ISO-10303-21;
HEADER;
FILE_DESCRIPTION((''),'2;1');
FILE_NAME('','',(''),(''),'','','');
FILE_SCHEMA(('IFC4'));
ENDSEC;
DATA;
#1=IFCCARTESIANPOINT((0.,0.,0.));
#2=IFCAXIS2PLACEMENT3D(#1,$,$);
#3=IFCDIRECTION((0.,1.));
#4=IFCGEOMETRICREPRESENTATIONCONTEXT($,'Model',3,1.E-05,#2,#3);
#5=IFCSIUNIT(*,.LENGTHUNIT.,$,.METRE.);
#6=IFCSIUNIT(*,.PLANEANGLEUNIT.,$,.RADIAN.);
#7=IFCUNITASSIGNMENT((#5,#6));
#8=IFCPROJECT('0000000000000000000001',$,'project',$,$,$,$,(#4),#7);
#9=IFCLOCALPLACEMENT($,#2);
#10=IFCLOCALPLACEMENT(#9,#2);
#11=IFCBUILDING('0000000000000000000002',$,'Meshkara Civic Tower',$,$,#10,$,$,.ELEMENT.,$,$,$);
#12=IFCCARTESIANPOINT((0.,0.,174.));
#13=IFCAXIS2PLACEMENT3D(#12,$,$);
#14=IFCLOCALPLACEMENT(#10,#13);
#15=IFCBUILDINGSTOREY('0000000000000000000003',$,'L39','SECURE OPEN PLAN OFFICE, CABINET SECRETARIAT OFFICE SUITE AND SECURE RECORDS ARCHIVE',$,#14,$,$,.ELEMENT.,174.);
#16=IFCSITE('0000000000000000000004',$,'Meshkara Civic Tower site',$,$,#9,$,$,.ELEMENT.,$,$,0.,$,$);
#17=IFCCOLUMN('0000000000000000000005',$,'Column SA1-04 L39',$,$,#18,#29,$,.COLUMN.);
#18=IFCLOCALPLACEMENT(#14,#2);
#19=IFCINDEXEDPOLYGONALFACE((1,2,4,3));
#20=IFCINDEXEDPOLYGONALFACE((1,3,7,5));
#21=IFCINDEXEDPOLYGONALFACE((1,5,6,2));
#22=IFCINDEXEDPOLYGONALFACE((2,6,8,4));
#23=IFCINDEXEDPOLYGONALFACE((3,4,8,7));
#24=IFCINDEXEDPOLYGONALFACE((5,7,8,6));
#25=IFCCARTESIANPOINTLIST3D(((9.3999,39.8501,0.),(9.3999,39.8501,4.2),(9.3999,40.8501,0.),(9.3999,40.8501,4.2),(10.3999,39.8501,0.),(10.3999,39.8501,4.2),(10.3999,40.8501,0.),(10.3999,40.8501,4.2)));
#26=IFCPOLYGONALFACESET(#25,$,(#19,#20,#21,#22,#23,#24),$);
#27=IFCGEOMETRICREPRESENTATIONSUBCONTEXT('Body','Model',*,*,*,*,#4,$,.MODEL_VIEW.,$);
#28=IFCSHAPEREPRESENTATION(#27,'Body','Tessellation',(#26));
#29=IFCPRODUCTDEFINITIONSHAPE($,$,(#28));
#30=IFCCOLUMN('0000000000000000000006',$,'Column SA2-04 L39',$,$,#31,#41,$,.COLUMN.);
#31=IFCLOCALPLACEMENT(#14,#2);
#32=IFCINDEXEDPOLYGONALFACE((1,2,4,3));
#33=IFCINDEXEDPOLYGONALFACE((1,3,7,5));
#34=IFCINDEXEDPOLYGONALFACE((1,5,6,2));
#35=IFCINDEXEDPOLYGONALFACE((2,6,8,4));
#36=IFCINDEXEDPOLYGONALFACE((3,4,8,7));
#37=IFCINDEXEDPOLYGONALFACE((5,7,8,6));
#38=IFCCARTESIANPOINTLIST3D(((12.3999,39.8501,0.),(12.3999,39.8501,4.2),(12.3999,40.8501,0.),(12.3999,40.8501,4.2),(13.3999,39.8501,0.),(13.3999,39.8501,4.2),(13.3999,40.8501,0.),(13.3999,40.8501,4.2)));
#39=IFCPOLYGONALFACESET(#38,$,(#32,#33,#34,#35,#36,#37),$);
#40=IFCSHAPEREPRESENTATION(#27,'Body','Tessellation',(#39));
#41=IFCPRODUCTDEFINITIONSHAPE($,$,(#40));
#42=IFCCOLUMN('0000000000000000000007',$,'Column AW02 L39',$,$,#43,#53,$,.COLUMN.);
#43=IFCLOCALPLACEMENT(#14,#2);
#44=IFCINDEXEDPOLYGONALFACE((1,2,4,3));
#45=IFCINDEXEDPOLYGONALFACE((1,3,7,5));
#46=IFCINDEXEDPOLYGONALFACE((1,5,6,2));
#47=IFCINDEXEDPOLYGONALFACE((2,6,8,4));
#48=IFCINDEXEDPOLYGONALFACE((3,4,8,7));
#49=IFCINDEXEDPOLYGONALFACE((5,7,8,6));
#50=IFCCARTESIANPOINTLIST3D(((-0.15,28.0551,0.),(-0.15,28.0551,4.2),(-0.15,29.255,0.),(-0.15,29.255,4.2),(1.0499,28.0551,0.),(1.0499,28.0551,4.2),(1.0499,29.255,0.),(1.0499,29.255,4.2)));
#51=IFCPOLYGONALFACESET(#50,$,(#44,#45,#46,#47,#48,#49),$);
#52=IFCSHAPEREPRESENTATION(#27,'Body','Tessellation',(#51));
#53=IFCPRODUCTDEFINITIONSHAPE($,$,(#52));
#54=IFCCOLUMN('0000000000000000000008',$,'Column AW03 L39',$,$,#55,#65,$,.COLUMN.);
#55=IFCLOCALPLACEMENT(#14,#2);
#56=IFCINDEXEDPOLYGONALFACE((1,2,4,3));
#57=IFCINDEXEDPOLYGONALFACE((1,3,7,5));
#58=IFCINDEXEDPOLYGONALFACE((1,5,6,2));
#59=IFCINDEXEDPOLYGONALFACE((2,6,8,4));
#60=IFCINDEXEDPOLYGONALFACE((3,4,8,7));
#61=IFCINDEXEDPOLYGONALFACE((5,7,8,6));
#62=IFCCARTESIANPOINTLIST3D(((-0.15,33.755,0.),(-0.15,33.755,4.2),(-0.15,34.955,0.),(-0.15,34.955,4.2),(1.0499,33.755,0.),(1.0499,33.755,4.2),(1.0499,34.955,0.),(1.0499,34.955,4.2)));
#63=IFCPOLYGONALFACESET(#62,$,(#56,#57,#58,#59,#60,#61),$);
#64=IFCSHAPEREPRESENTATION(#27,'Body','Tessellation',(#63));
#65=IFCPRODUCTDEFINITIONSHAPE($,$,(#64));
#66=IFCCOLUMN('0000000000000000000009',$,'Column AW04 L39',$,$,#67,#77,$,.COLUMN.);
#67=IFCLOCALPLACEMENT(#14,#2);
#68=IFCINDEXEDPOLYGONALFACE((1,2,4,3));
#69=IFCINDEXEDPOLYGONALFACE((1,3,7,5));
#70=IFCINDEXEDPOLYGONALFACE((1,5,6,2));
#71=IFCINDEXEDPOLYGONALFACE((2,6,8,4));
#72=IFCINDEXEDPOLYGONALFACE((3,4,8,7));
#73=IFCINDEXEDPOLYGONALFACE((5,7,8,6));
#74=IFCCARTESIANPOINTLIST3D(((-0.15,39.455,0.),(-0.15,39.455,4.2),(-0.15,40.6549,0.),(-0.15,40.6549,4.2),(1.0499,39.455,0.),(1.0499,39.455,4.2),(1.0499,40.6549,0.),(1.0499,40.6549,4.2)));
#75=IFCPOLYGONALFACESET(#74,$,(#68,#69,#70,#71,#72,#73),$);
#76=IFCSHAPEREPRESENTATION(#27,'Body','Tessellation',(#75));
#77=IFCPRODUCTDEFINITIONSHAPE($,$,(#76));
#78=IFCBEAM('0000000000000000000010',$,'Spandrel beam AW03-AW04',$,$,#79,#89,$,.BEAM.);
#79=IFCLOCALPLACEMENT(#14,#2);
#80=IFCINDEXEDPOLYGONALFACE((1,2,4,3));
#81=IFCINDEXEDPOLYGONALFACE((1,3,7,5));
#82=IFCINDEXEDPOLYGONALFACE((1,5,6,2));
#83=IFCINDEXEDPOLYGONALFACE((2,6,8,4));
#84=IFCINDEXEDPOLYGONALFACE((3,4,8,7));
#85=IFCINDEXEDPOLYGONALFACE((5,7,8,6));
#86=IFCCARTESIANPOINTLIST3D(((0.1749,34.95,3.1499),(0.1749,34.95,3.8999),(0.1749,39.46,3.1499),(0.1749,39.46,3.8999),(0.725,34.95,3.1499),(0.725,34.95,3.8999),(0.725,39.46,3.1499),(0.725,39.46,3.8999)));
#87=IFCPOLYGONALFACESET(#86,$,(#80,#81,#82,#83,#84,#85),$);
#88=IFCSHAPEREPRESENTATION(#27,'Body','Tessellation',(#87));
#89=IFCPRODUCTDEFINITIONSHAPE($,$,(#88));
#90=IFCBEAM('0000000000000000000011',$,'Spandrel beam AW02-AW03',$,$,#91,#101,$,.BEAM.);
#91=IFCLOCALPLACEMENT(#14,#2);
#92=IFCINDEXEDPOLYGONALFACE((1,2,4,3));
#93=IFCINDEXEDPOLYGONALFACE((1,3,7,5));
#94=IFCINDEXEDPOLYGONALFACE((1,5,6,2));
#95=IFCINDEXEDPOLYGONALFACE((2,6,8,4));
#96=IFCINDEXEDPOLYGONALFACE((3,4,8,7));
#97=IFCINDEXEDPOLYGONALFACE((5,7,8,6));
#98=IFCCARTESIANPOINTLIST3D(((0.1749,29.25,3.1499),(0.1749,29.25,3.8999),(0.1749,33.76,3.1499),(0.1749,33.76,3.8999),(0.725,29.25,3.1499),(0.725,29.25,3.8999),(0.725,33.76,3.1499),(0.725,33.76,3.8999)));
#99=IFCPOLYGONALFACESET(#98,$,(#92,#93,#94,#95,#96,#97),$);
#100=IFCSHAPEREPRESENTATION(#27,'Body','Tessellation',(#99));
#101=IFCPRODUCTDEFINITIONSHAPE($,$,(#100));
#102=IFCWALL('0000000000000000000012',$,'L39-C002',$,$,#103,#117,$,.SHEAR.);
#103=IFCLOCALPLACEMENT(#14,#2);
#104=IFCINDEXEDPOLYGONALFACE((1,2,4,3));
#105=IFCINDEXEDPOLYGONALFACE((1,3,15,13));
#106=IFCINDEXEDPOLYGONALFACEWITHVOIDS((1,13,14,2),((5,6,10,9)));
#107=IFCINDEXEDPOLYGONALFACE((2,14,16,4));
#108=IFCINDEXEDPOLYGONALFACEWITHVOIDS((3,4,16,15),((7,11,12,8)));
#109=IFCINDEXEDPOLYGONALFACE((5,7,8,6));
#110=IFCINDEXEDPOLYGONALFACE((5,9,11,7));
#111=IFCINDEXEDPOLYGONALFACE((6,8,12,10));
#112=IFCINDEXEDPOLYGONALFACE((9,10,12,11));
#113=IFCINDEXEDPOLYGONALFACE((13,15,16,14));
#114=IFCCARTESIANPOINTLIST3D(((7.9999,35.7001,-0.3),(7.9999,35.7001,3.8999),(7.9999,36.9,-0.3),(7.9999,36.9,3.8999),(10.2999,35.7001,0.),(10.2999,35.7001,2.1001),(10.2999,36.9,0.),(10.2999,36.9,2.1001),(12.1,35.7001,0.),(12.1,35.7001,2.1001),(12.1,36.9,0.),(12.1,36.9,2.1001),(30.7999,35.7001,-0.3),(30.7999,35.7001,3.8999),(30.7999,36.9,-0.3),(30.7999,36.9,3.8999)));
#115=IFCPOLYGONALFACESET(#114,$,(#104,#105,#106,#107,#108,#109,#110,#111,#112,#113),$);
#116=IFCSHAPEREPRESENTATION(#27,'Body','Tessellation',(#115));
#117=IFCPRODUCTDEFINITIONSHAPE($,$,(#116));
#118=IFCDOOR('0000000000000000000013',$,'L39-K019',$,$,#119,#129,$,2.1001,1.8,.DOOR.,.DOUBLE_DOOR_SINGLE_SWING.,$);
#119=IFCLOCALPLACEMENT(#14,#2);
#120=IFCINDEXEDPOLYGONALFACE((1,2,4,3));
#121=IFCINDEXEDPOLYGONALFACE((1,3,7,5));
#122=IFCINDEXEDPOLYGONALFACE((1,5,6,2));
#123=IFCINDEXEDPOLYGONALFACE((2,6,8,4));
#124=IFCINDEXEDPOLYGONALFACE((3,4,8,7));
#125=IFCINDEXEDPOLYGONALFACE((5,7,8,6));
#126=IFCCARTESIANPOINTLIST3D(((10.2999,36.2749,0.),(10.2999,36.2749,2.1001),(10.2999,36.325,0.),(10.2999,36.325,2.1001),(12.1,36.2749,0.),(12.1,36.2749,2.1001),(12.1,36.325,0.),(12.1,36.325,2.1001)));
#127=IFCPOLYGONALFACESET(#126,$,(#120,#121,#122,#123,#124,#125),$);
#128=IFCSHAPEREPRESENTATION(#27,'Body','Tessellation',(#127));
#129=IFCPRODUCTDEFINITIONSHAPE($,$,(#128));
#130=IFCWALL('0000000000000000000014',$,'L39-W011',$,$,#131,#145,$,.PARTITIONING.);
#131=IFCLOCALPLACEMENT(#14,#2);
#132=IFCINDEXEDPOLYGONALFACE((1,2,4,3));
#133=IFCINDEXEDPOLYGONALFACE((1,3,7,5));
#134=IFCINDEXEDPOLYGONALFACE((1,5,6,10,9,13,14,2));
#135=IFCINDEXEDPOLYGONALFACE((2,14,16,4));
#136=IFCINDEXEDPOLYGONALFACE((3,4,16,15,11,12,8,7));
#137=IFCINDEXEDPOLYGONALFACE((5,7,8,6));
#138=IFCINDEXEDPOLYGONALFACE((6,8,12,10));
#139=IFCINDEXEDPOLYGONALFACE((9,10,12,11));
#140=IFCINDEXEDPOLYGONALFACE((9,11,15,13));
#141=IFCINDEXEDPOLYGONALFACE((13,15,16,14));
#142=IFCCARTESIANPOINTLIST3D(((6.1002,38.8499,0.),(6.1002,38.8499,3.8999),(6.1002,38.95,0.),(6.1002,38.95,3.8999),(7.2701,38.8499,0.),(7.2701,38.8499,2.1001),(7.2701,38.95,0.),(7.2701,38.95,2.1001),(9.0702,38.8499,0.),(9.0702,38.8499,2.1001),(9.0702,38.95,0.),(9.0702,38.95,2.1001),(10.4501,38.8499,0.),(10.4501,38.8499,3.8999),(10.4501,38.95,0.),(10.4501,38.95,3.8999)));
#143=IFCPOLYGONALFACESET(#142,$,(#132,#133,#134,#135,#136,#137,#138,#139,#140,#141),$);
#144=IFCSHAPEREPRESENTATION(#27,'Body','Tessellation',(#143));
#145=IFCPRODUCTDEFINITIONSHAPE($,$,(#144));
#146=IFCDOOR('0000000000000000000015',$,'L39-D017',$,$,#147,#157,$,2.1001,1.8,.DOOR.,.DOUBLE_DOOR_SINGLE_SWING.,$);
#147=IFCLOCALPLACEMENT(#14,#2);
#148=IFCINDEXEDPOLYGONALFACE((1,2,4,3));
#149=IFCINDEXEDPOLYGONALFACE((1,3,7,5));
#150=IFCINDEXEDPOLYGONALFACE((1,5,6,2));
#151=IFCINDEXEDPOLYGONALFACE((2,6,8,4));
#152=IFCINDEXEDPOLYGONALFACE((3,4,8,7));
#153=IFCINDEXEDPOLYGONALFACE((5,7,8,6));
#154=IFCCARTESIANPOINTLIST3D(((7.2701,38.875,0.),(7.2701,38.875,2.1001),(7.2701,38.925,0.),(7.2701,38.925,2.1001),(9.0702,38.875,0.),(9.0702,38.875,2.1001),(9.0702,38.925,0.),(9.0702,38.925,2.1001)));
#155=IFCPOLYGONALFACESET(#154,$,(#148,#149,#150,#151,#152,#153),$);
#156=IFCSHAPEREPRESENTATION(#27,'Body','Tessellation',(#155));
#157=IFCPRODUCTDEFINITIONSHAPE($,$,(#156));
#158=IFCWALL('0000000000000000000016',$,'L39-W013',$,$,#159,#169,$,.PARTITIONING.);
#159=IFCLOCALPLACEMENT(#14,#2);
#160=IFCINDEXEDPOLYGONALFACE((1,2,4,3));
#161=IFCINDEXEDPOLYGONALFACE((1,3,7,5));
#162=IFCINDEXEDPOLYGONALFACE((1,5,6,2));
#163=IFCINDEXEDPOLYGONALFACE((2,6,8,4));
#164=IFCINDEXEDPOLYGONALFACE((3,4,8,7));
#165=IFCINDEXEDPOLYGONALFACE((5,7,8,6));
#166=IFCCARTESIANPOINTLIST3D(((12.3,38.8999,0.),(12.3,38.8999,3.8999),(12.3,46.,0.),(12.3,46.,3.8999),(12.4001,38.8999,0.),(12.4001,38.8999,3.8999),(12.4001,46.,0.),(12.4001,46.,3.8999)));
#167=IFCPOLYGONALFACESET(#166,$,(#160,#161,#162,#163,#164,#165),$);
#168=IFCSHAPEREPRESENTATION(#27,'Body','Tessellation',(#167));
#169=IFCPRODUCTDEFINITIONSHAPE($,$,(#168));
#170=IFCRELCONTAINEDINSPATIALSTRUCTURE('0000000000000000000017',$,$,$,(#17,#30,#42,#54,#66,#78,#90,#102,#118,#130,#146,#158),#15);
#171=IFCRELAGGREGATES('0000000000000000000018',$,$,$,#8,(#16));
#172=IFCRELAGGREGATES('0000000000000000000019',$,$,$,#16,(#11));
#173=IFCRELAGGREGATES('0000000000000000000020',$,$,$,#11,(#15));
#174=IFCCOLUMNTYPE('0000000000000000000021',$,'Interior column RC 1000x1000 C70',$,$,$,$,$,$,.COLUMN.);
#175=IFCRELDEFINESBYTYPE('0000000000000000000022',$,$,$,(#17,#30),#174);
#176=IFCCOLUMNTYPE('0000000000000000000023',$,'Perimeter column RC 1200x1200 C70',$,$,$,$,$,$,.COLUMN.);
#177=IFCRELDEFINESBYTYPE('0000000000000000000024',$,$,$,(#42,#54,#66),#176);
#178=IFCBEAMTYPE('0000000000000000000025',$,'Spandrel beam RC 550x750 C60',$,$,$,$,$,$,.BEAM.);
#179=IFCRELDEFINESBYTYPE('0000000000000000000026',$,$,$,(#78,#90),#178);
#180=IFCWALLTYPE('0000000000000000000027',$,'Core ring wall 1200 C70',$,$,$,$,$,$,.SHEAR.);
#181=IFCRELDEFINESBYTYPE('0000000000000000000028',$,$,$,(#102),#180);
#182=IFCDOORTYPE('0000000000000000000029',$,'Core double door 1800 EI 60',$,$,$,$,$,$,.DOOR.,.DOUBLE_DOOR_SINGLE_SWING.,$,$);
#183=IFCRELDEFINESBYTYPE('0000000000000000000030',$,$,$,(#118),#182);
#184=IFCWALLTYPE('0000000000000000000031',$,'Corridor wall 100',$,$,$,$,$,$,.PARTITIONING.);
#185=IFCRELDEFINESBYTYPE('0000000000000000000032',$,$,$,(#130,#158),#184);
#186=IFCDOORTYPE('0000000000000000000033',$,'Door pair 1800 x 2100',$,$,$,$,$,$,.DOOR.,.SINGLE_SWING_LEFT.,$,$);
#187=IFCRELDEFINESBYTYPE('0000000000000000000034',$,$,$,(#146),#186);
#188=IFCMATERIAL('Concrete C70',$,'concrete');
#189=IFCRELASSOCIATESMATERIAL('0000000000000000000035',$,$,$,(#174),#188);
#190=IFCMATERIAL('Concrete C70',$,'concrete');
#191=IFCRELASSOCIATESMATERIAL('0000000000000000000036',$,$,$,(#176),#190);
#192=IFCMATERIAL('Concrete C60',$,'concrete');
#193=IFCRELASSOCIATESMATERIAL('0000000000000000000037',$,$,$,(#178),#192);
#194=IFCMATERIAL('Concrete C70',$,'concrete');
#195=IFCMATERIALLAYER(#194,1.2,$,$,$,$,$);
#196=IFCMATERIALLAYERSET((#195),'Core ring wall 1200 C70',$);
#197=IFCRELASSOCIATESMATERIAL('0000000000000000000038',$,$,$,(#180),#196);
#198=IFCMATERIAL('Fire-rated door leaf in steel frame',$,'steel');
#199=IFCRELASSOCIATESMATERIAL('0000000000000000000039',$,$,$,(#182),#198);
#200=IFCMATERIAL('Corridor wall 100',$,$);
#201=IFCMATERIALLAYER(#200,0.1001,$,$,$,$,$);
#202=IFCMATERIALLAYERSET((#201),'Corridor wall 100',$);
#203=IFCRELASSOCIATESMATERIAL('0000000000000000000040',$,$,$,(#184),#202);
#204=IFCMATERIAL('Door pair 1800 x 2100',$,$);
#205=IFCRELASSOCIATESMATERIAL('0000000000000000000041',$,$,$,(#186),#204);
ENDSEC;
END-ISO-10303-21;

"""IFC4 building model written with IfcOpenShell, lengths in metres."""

from ifc_helpers import new_model, si_unit, direction, frame, frame_2d, origin, origin_2d, place, context, subcontext, project, spatial, rectangle, extrude, material, layer, layer_set, material_profile, profile_set, type_object, element, fill, save


model = new_model("IFC4")

# Units and contexts
model_context = context("Model", 3, precision=1e-05, world=origin(), true_north=direction((0.0, 1.0)))
body_context = subcontext(model_context, "Body", "Model", "MODEL_VIEW")
ifc_project = project(units=[si_unit("LENGTHUNIT", "METRE"), si_unit("PLANEANGLEUNIT", "RADIAN")], contexts=[model_context])

# Site, building, storey
site_placement = place(None, origin())
site = spatial("IfcSite", under=ifc_project, at=site_placement, Name="Meshkara Civic Tower site", CompositionType="ELEMENT", RefElevation=0.0)
building_placement = place(site_placement, origin())
building = spatial("IfcBuilding", under=site, at=building_placement, Name="Meshkara Civic Tower", CompositionType="ELEMENT")
storey_placement = place(building_placement, frame((0.0, 0.0, 174.0)))
storey = spatial("IfcBuildingStorey", under=building, at=storey_placement, Name="L39", Description="SECURE OPEN PLAN OFFICE, CABINET SECRETARIAT OFFICE SUITE AND SECURE RECORDS ARCHIVE", CompositionType="ELEMENT", Elevation=174.0)

# Columns
ifc_material_1 = material(Name="Concrete C70", Category="concrete")
ifc_material_profile_1 = material_profile(ifc_material_1, rectangle(XDim=1.0, YDim=1.0, at=origin_2d()))
ifc_profile_set_1 = profile_set([ifc_material_profile_1], Name="Concrete C70")
column_type_1 = type_object("IfcColumnType", Name="Interior column RC 1000x1000 C70", PredefinedType="COLUMN", material=ifc_profile_set_1)
for number, where, z_axis, x_axis, name in (
    (1, (9.8999, 40.3501, 0.0), (0.0, 0.0, 1.0), (1.0, 0.0, 0.0), "Column SA1-04 L39"),
    (2, (12.8999, 40.3501, 0.0), (0.0, 0.0, 1.0), (1.0, 0.0, 0.0), "Column SA2-04 L39"),
):
    element("IfcColumn", number, at=place(storey_placement, frame(where, z_axis=z_axis, x_axis=x_axis)), inside=storey, type_object=column_type_1, Name=name, PredefinedType="COLUMN", context=body_context, shape_type="SweptSolid", body=[
        extrude(rectangle(XDim=1.0, YDim=1.0, at=origin_2d()), origin(), (0.0, 0.0, 1.0), 4.2),
    ])
ifc_material_2 = material(Name="Concrete C70", Category="concrete")
ifc_material_profile_2 = material_profile(ifc_material_2, rectangle(XDim=1.2, YDim=1.2, at=origin_2d()))
ifc_profile_set_2 = profile_set([ifc_material_profile_2], Name="Concrete C70")
column_type_2 = type_object("IfcColumnType", Name="Perimeter column RC 1200x1200 C70", PredefinedType="COLUMN", material=ifc_profile_set_2)
for number, where, z_axis, x_axis, name in (
    (3, (0.45, 28.655, 0.0), (0.0, 0.0, 1.0), (1.0, 0.0, 0.0), "Column AW02 L39"),
    (4, (0.45, 34.355, 0.0), (0.0, 0.0, 1.0), (1.0, 0.0, 0.0), "Column AW03 L39"),
    (5, (0.45, 40.0549, 0.0), (0.0, 0.0, 1.0), (1.0, 0.0, 0.0), "Column AW04 L39"),
):
    element("IfcColumn", number, at=place(storey_placement, frame(where, z_axis=z_axis, x_axis=x_axis)), inside=storey, type_object=column_type_2, Name=name, PredefinedType="COLUMN", context=body_context, shape_type="SweptSolid", body=[
        extrude(rectangle(XDim=1.2, YDim=1.2, at=origin_2d()), origin(), (0.0, 0.0, 1.0), 4.2),
    ])

# Beams
ifc_material_3 = material(Name="Concrete C60", Category="concrete")
ifc_material_profile_3 = material_profile(ifc_material_3, rectangle(XDim=0.55, YDim=0.75, at=origin_2d()))
ifc_profile_set_3 = profile_set([ifc_material_profile_3], Name="Concrete C60")
beam_type = type_object("IfcBeamType", Name="Spandrel beam RC 550x750 C60", PredefinedType="BEAM", material=ifc_profile_set_3)
for number, where, z_axis, x_axis, name in (
    (6, (0.45, 39.46, 3.5249), (0.0, -1.0, 0.0), (1.0, 0.0, 0.0), "Spandrel beam AW03-AW04"),
    (7, (0.45, 33.76, 3.5249), (0.0, -1.0, 0.0), (1.0, 0.0, 0.0), "Spandrel beam AW02-AW03"),
):
    element("IfcBeam", number, at=place(storey_placement, frame(where, z_axis=z_axis, x_axis=x_axis)), inside=storey, type_object=beam_type, Name=name, PredefinedType="BEAM", context=body_context, shape_type="SweptSolid", body=[
        extrude(rectangle(XDim=0.55, YDim=0.75, at=origin_2d()), origin(), (0.0, 0.0, 1.0), 4.51),
    ])

# Walls, openings, doors
ifc_material_4 = material(Name="Concrete C70", Category="concrete")
ifc_layer_1 = layer(ifc_material_4, 1.2)
ifc_layer_set_1 = layer_set([ifc_layer_1], Name="Core ring wall 1200 C70")
wall_type_1 = type_object("IfcWallType", Name="Core ring wall 1200 C70", PredefinedType="SHEAR", material=ifc_layer_set_1)
wall_1_placement = place(storey_placement, frame((8.0, 36.3, -0.3), z_axis=(0.0, 0.0, 1.0), x_axis=(1.0, 0.0, 0.0)))
wall_1 = element("IfcWall", 8, at=wall_1_placement, inside=storey, type_object=wall_type_1, Name="L39-C002", PredefinedType="SHEAR", context=body_context, shape_type="SweptSolid", body=[
    extrude(rectangle(XDim=22.8, YDim=1.2, at=frame_2d((11.3999, 0.0))), origin(), (0.0, 0.0, 1.0), 4.2),
])
opening_1_placement = place(wall_1_placement, frame((2.3, 0.0, 0.3)))
opening_1 = element("IfcOpeningElement", 9, at=opening_1_placement, cuts=wall_1, PredefinedType="OPENING", context=body_context, shape_type="SweptSolid", body=[
    extrude(rectangle(XDim=1.8, YDim=2.1001, at=frame_2d((0.8999, 1.05))), frame((0.0, 0.6099, 0.0), z_axis=(0.0, -1.0, 0.0), x_axis=(1.0, 0.0, 0.0)), (0.0, 0.0, 1.0), 1.22),
])
ifc_material_5 = material(Name="Fire-rated door leaf in steel frame", Category="steel")
door_type_1 = type_object("IfcDoorType", Name="Core double door 1800 EI 60", OperationType="DOUBLE_DOOR_SINGLE_SWING", PredefinedType="DOOR", material=ifc_material_5)
door_1_placement = place(opening_1_placement, origin())
door_1 = element("IfcDoor", 10, at=door_1_placement, inside=storey, type_object=door_type_1, Name="L39-K019", OperationType="DOUBLE_DOOR_SINGLE_SWING", OverallHeight=2.1001, OverallWidth=1.8, PredefinedType="DOOR", context=body_context, shape_type="SweptSolid", body=[
    extrude(rectangle(XDim=1.8, YDim=2.1001, at=frame_2d((0.8999, 1.05))), frame((0.0, 0.0249, 0.0), z_axis=(0.0, -1.0, 0.0), x_axis=(1.0, 0.0, 0.0)), (0.0, 0.0, 1.0), 0.05),
])
fill(opening_1, door_1)
ifc_material_6 = material(Name="Corridor wall 100")
ifc_layer_2 = layer(ifc_material_6, 0.1001)
ifc_layer_set_2 = layer_set([ifc_layer_2], Name="Corridor wall 100")
wall_type_2 = type_object("IfcWallType", Name="Corridor wall 100", PredefinedType="PARTITIONING", material=ifc_layer_set_2)
wall_2_placement = place(storey_placement, frame((10.45, 38.8999, 0.0), z_axis=(0.0, 0.0, 1.0), x_axis=(-1.0, 0.0, 0.0)))
wall_2 = element("IfcWall", 11, at=wall_2_placement, inside=storey, type_object=wall_type_2, Name="L39-W011", PredefinedType="PARTITIONING", context=body_context, shape_type="SweptSolid", body=[
    extrude(rectangle(XDim=4.3499, YDim=0.1001, at=frame_2d((2.1748, 0.0))), origin(), (0.0, 0.0, 1.0), 3.8999),
])
opening_2_placement = place(wall_2_placement, frame((1.3799, 0.0, 0.0)))
opening_2 = element("IfcOpeningElement", 12, at=opening_2_placement, cuts=wall_2, PredefinedType="OPENING", context=body_context, shape_type="SweptSolid", body=[
    extrude(rectangle(XDim=1.8, YDim=2.1001, at=frame_2d((0.8999, 1.05))), frame((0.0, 0.0601, 0.0), z_axis=(0.0, -1.0, 0.0), x_axis=(1.0, 0.0, 0.0)), (0.0, 0.0, 1.0), 0.1201),
])
ifc_material_7 = material(Name="Door pair 1800 x 2100")
door_type_2 = type_object("IfcDoorType", Name="Door pair 1800 x 2100", OperationType="SINGLE_SWING_LEFT", PredefinedType="DOOR", material=ifc_material_7)
door_2_placement = place(opening_2_placement, origin())
door_2 = element("IfcDoor", 13, at=door_2_placement, inside=storey, type_object=door_type_2, Name="L39-D017", OperationType="DOUBLE_DOOR_SINGLE_SWING", OverallHeight=2.1001, OverallWidth=1.8, PredefinedType="DOOR", context=body_context, shape_type="SweptSolid", body=[
    extrude(rectangle(XDim=1.8, YDim=2.1001, at=frame_2d((0.8999, 1.05))), frame((0.0, 0.0249, 0.0), z_axis=(0.0, -1.0, 0.0), x_axis=(1.0, 0.0, 0.0)), (0.0, 0.0, 1.0), 0.05),
])
fill(opening_2, door_2)

# Wall
wall_3_placement = place(storey_placement, frame((12.3501, 38.8999, 0.0), z_axis=(0.0, 0.0, 1.0), x_axis=(0.0, 1.0, 0.0)))
element("IfcWall", 14, at=wall_3_placement, inside=storey, type_object=wall_type_2, Name="L39-W013", PredefinedType="PARTITIONING", context=body_context, shape_type="SweptSolid", body=[
    extrude(rectangle(XDim=7.1001, YDim=0.1001, at=frame_2d((3.55, 0.0))), origin(), (0.0, 0.0, 1.0), 3.8999),
])

save(model, "model.ifc")
